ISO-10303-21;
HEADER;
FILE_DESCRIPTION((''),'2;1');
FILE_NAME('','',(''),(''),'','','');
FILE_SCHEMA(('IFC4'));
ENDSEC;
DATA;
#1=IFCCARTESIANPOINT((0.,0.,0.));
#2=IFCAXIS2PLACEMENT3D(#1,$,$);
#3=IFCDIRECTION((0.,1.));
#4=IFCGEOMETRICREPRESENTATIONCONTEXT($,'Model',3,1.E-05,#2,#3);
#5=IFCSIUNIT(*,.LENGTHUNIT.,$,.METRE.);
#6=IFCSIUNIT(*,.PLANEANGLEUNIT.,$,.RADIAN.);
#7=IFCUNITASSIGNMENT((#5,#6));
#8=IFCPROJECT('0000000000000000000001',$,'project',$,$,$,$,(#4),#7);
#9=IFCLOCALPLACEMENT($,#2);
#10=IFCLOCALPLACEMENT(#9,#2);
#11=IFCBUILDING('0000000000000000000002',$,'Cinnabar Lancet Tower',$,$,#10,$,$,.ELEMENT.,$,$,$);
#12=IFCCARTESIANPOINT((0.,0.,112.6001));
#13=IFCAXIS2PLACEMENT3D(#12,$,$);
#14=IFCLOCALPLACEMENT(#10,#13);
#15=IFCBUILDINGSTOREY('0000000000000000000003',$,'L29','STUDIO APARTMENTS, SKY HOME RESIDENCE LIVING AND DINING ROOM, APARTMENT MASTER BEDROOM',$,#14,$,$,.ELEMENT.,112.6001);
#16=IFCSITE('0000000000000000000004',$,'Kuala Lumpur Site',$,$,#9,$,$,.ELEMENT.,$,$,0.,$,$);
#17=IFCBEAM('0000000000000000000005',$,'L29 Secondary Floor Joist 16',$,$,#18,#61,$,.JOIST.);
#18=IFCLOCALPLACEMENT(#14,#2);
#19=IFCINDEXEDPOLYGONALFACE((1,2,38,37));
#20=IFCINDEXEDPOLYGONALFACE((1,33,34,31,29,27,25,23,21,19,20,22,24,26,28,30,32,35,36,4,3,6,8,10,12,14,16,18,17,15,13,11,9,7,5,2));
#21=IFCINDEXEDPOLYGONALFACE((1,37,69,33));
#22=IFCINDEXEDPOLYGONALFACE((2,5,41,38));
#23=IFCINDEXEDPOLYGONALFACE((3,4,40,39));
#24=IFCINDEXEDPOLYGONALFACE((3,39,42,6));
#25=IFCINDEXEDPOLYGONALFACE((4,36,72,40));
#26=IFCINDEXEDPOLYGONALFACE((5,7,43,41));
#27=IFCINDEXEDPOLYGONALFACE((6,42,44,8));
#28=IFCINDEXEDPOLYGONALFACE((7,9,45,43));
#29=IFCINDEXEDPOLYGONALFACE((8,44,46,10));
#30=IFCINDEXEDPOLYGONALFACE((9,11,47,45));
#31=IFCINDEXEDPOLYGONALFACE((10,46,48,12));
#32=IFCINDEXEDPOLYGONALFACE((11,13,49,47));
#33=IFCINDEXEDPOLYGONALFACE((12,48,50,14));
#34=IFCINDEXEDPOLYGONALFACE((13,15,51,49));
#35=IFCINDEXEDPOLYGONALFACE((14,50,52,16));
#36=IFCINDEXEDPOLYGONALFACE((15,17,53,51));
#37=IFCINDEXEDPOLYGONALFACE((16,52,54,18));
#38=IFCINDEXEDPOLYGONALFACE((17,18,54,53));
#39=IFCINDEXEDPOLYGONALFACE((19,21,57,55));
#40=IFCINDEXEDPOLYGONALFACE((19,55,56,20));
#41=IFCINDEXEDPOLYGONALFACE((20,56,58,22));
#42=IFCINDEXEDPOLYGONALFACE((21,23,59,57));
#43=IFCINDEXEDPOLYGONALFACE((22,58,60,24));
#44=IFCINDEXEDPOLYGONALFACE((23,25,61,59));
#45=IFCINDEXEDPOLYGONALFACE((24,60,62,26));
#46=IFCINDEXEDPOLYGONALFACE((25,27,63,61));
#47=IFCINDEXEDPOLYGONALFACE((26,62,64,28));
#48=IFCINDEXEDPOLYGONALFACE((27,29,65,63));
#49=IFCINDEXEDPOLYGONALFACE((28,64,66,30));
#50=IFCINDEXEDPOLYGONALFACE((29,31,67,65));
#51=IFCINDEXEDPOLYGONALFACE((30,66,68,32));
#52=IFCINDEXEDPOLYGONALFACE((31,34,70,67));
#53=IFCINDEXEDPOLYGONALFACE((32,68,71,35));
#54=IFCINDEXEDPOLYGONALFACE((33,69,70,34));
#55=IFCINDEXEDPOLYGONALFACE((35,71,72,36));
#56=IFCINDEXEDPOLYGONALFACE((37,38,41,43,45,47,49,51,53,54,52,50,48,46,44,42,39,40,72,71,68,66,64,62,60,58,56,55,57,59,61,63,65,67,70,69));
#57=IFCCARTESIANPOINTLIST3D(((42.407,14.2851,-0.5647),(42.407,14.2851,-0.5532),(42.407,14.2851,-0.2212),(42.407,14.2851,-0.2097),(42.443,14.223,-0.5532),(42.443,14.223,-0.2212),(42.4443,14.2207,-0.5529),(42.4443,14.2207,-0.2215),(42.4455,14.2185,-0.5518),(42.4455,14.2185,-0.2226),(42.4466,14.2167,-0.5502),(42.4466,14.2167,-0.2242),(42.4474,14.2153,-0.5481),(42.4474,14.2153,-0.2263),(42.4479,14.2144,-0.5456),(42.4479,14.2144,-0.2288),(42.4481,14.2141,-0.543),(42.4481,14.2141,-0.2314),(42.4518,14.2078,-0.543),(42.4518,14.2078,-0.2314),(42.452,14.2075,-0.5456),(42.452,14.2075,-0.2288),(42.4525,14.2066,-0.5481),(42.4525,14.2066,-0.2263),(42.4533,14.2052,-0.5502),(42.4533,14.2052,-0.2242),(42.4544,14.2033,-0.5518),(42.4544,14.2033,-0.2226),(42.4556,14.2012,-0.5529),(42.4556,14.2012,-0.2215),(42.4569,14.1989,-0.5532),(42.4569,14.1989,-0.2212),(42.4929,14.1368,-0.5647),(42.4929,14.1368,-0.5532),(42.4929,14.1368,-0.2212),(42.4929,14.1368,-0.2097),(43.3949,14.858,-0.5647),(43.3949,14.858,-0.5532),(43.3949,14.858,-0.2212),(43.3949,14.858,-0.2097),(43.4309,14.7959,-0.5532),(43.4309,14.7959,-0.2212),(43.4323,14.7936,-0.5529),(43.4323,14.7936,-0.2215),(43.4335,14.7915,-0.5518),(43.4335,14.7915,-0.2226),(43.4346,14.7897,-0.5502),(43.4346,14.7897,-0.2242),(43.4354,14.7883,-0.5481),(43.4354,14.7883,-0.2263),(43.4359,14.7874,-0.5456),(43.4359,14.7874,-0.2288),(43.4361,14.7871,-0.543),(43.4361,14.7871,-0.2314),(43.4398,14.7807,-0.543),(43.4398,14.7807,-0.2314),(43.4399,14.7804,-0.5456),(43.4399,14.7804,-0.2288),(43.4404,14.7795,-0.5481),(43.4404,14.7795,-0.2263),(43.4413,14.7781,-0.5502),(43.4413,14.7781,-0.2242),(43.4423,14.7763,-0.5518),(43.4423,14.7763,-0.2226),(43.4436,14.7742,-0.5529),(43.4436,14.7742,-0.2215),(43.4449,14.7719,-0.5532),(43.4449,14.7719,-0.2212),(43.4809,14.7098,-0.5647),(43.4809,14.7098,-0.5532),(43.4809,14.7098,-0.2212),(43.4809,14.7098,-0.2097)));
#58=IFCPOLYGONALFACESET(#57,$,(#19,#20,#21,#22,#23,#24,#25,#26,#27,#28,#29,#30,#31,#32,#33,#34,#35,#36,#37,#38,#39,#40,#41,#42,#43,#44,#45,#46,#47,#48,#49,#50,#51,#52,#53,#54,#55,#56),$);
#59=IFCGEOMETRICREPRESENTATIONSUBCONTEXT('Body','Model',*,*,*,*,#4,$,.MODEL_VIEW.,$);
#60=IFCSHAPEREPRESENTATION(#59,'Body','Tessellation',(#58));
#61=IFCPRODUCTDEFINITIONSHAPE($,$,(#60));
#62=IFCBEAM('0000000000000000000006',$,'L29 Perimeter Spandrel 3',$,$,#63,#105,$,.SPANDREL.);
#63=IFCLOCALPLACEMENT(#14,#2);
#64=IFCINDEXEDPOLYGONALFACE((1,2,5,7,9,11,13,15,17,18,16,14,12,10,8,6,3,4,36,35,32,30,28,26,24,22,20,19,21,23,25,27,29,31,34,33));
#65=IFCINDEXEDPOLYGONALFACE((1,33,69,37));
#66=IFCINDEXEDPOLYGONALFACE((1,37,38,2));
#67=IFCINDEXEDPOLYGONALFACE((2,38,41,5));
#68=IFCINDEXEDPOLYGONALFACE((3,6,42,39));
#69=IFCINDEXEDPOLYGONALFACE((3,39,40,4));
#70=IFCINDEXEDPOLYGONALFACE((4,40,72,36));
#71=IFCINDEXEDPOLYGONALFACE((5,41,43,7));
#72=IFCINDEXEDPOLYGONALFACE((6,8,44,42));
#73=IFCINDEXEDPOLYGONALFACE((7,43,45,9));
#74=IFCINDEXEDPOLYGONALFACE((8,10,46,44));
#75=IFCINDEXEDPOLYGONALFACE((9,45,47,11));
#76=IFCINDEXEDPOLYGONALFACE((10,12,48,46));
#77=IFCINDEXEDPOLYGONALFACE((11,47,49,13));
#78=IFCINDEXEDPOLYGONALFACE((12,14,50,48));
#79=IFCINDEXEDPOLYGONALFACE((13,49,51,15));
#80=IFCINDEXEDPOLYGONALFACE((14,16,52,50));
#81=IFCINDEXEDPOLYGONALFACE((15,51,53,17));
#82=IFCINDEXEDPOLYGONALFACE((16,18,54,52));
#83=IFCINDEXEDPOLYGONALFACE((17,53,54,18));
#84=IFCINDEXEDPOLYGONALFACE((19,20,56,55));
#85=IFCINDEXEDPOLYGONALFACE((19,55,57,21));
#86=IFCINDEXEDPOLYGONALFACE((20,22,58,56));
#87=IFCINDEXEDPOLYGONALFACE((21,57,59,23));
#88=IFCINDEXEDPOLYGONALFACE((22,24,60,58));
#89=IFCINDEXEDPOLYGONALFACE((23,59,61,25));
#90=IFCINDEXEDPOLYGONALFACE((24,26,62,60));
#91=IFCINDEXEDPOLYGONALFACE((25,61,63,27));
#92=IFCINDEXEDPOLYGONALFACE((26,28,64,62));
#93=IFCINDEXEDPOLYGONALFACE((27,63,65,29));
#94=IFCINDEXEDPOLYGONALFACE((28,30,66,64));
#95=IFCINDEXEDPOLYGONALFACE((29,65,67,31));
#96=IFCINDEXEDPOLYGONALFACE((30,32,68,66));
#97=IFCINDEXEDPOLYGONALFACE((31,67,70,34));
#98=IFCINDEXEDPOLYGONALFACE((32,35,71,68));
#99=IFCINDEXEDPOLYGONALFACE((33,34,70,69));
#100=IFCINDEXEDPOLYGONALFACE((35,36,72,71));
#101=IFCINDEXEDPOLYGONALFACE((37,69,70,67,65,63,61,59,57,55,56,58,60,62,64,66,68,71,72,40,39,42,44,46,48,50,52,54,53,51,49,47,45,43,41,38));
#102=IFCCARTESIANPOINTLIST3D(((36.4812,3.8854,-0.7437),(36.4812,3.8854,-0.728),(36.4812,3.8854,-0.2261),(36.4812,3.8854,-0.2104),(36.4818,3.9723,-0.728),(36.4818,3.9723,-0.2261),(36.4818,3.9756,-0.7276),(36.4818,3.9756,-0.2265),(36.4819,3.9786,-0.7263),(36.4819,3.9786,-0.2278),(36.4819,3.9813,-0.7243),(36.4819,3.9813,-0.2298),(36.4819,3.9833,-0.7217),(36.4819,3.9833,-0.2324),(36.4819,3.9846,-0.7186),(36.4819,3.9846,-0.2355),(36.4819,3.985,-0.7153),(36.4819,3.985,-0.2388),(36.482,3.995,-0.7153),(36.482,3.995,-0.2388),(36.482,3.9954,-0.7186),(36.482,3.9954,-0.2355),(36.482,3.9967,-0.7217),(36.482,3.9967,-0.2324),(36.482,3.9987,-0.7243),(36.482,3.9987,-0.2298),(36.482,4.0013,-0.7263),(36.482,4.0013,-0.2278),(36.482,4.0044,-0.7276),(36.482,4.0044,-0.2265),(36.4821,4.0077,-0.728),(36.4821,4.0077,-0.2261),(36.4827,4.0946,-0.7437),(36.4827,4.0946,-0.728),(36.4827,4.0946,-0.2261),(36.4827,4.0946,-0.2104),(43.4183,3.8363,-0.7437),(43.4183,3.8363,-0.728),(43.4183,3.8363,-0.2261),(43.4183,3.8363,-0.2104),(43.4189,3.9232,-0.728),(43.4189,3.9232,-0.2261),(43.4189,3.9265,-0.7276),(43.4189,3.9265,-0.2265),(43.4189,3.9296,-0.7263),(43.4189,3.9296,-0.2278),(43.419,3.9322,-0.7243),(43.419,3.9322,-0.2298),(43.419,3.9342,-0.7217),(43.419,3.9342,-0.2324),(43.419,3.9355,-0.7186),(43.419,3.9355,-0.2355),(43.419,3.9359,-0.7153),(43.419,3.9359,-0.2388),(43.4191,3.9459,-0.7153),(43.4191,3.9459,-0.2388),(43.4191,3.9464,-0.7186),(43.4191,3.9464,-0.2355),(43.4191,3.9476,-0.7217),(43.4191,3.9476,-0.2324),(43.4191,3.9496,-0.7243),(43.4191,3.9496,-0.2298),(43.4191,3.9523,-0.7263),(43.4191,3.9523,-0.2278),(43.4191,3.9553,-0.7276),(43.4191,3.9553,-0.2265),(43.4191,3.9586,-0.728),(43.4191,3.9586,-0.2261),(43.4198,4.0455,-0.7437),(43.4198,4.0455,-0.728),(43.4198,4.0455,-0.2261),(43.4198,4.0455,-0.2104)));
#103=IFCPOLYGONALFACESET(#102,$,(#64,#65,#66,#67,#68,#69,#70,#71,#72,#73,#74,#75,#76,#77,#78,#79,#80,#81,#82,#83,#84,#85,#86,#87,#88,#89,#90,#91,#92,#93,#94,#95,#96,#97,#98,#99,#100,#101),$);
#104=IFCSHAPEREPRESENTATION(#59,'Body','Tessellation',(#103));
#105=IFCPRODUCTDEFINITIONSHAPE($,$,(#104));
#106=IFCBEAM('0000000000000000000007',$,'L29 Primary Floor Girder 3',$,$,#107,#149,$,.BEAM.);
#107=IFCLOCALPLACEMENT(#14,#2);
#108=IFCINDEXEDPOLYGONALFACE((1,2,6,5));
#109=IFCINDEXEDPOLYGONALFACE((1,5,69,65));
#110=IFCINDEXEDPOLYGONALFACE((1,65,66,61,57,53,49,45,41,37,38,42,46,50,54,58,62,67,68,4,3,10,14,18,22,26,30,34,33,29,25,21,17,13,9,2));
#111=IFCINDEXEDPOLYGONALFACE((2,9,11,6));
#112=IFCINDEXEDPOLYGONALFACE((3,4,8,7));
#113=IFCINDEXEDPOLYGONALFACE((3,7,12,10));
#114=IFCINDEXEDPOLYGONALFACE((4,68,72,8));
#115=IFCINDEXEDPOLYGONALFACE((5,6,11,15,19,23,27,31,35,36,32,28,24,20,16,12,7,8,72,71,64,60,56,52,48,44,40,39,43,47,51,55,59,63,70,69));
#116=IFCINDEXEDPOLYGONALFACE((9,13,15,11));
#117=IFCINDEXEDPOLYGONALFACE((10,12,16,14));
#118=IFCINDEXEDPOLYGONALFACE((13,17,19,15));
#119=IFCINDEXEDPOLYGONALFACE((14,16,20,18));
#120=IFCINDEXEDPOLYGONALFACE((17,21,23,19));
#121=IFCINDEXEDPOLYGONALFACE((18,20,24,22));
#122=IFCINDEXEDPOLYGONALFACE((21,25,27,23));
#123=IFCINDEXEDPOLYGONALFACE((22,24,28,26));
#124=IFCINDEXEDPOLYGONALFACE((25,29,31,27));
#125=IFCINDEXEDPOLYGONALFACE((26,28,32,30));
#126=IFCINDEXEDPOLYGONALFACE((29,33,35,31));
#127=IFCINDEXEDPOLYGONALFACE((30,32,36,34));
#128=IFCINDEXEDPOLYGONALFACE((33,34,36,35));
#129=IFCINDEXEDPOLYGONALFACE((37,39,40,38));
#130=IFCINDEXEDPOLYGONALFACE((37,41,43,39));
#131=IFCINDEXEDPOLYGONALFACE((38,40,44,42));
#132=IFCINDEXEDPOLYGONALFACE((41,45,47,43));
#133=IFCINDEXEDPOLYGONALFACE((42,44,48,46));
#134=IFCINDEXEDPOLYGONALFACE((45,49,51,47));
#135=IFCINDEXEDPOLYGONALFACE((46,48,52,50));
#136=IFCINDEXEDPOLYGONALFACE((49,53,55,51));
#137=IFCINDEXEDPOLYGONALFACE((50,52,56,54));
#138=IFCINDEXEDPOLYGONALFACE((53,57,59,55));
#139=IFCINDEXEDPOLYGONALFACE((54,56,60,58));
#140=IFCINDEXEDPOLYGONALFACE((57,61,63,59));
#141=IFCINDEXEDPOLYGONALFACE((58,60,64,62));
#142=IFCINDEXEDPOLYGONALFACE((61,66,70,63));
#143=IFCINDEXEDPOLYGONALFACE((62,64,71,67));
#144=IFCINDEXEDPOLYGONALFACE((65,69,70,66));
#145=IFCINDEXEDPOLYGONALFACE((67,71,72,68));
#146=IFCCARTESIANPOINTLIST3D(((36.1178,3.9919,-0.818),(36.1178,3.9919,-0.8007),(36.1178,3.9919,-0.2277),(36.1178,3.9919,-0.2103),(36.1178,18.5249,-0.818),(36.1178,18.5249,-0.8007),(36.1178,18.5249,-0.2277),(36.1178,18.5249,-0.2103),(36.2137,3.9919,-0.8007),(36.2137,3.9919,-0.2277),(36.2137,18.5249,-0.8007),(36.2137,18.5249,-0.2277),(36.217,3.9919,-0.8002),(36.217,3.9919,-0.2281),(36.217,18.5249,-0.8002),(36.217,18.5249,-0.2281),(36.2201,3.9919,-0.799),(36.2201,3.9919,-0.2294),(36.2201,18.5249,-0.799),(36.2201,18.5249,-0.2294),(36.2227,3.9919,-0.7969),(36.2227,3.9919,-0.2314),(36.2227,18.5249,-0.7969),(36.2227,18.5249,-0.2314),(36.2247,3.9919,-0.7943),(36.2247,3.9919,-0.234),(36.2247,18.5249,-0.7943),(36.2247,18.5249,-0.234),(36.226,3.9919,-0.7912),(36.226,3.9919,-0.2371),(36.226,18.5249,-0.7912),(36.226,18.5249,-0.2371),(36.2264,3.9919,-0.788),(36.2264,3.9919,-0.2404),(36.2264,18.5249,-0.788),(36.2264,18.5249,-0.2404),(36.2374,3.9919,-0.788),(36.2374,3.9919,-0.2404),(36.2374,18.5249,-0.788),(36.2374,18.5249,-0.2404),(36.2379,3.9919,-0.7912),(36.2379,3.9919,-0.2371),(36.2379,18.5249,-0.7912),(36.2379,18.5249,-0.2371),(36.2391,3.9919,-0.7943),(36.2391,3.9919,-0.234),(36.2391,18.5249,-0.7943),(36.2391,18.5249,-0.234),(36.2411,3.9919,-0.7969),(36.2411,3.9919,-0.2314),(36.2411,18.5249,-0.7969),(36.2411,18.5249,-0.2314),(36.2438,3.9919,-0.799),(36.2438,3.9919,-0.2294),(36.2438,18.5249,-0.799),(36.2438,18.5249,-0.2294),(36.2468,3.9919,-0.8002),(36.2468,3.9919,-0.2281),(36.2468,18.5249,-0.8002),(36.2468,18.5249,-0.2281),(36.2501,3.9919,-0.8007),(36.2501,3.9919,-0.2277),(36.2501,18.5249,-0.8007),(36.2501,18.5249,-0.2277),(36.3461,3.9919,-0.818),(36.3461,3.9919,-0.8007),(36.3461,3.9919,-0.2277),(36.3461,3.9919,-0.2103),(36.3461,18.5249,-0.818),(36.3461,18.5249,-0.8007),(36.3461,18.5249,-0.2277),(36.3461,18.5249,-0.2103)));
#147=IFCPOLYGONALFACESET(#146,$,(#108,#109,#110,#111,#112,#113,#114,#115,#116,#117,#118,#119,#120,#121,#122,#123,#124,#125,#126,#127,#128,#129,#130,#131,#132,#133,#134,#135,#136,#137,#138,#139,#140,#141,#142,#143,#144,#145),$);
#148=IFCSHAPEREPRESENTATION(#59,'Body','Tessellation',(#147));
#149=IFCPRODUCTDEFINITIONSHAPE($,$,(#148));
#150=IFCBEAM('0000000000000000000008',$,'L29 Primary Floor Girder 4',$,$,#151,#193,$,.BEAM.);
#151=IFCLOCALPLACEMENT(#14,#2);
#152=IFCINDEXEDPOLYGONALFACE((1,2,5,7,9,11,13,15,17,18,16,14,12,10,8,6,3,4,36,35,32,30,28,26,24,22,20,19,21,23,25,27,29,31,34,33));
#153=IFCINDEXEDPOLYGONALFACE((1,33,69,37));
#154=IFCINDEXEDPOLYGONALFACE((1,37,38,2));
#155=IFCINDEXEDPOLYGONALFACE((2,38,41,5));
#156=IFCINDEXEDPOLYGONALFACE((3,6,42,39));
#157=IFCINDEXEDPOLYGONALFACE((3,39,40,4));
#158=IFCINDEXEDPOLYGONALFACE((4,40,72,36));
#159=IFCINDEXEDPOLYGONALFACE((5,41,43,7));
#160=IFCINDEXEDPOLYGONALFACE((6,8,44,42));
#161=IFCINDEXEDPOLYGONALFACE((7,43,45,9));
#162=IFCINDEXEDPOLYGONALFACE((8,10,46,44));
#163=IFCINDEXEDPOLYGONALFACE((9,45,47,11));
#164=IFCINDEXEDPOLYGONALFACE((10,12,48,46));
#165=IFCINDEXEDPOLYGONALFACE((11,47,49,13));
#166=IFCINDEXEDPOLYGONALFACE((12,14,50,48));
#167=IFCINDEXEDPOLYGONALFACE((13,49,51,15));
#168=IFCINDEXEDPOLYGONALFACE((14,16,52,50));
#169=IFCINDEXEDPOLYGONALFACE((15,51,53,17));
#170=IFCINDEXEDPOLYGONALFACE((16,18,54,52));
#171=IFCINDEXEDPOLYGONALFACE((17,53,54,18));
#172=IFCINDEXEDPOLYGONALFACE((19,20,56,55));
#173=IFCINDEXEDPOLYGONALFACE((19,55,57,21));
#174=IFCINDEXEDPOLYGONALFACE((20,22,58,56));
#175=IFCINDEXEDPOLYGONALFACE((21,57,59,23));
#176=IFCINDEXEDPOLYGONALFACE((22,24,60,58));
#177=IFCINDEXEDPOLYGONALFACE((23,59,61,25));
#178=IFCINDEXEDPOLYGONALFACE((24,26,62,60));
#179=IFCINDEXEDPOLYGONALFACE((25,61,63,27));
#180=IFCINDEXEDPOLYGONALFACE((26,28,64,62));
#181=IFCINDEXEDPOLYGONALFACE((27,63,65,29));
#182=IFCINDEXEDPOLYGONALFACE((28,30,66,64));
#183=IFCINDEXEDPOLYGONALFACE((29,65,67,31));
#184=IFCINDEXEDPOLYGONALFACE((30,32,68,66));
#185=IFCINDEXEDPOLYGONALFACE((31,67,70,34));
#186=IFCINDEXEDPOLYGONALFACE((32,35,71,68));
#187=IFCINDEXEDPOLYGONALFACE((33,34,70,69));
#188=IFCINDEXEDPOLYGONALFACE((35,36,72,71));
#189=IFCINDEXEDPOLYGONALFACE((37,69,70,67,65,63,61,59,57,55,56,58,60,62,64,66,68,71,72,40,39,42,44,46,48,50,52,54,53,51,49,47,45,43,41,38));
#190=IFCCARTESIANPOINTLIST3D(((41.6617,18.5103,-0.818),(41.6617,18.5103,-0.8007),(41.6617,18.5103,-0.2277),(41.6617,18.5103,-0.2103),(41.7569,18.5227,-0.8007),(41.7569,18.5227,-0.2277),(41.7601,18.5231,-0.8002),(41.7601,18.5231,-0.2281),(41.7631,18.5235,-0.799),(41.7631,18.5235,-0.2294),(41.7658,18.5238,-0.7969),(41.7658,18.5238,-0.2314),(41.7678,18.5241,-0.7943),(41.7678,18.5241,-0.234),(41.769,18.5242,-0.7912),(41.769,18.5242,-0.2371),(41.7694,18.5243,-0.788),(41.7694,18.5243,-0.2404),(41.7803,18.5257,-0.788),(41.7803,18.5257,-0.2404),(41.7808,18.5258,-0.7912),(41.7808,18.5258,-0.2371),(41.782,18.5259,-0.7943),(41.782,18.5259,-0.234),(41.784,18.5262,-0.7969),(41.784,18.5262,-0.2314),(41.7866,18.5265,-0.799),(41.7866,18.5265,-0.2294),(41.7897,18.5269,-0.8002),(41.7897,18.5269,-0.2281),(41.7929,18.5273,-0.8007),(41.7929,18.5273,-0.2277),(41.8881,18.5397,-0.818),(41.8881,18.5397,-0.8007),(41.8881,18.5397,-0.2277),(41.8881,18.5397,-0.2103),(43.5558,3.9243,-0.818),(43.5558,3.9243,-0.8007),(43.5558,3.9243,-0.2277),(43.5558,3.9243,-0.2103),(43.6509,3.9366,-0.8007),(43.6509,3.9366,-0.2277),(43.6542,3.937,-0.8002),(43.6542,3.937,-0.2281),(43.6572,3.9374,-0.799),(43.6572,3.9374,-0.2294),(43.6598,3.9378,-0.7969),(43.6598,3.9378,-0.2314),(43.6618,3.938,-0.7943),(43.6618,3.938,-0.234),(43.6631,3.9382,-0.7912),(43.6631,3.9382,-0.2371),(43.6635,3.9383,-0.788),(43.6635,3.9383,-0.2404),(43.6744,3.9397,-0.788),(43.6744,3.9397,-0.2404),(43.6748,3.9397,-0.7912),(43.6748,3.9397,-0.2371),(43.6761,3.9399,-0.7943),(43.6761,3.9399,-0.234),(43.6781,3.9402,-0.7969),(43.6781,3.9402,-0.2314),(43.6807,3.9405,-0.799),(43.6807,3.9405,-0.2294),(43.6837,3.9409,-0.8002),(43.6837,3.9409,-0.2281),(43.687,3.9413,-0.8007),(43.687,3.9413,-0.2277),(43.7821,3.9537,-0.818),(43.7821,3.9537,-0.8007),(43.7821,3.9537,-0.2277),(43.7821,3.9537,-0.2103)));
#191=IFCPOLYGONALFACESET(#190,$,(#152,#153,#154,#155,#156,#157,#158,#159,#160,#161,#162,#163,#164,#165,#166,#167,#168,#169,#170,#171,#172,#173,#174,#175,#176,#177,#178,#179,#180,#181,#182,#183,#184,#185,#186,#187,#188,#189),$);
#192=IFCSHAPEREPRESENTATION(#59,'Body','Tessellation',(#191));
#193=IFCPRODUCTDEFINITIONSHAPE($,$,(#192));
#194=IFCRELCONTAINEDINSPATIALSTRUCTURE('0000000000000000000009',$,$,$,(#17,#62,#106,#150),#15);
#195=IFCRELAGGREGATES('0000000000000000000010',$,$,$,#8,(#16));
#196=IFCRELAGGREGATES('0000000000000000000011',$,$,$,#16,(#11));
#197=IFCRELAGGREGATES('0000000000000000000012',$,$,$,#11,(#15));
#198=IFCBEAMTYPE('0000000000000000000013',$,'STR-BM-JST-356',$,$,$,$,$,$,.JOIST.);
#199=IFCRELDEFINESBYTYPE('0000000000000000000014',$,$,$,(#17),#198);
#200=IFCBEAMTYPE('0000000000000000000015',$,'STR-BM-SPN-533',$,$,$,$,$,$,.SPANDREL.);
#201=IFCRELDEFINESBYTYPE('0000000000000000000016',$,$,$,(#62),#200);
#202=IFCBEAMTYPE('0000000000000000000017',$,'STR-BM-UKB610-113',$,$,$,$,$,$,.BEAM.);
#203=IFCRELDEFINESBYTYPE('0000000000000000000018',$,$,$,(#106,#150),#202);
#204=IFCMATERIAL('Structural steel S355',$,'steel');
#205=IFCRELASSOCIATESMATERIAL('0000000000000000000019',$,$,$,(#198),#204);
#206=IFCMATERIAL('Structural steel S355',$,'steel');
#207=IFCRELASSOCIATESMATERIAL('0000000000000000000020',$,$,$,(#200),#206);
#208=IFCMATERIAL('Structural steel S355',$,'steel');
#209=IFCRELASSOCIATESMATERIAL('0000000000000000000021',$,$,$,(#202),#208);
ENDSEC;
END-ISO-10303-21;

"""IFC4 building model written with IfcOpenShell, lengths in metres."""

from ifc_helpers import new_model, si_unit, direction, frame, origin, origin_2d, place, context, subcontext, project, spatial, i_section, extrude, material, material_profile, profile_set, type_object, element, save


model = new_model("IFC4")

# Units and contexts
model_context = context("Model", 3, precision=1e-05, world=origin(), true_north=direction((0.0, 1.0)))
body_context = subcontext(model_context, "Body", "Model", "MODEL_VIEW")
ifc_project = project(units=[si_unit("LENGTHUNIT", "METRE"), si_unit("PLANEANGLEUNIT", "RADIAN")], contexts=[model_context])

# Site, building, storey
site_placement = place(None, origin())
site = spatial("IfcSite", under=ifc_project, at=site_placement, Name="Kuala Lumpur Site", CompositionType="ELEMENT", RefElevation=0.0)
building_placement = place(site_placement, origin())
building = spatial("IfcBuilding", under=site, at=building_placement, Name="Cinnabar Lancet Tower", CompositionType="ELEMENT")
storey_placement = place(building_placement, frame((0.0, 0.0, 112.6001)))
storey = spatial("IfcBuildingStorey", under=building, at=storey_placement, Name="L29", Description="STUDIO APARTMENTS, SKY HOME RESIDENCE LIVING AND DINING ROOM, APARTMENT MASTER BEDROOM", CompositionType="ELEMENT", Elevation=112.6001)

# Beams
ifc_material_1 = material(Name="Structural steel S355", Category="steel")
ifc_material_profile_1 = material_profile(ifc_material_1, i_section(OverallWidth=0.1714, OverallDepth=0.355, WebThickness=0.0073, FlangeThickness=0.0115, FilletRadius=0.0103, at=origin_2d()), Name="UKB 356x171x51")
ifc_profile_set_1 = profile_set([ifc_material_profile_1], Name="Structural steel S355")
beam_type_1 = type_object("IfcBeamType", Name="STR-BM-JST-356", PredefinedType="JOIST", material=ifc_profile_set_1)
beam_1_placement = place(storey_placement, frame((42.45, 14.2109, -0.3872), z_axis=(0.865055, 0.501677, 0.0), x_axis=(-0.501677, 0.865055, 0.0)))
element("IfcBeam", 1, at=beam_1_placement, inside=storey, type_object=beam_type_1, Name="L29 Secondary Floor Joist 16", PredefinedType="JOIST", context=body_context, shape_type="SweptSolid", body=[
    extrude(i_section(OverallWidth=0.1714, OverallDepth=0.355, WebThickness=0.0073, FlangeThickness=0.0115, FilletRadius=0.0103, at=origin_2d()), origin(), (0.0, 0.0, 1.0), 1.1421),
])
ifc_material_2 = material(Name="Structural steel S355", Category="steel")
ifc_material_profile_2 = material_profile(ifc_material_2, i_section(OverallWidth=0.2092, OverallDepth=0.5332, WebThickness=0.01, FlangeThickness=0.0156, FilletRadius=0.0127, at=origin_2d()), Name="UKB 533x210x92")
ifc_profile_set_2 = profile_set([ifc_material_profile_2], Name="Structural steel S355")
beam_type_2 = type_object("IfcBeamType", Name="STR-BM-SPN-533", PredefinedType="SPANDREL", material=ifc_profile_set_2)
beam_2_placement = place(storey_placement, frame((36.4819, 3.99, -0.4771), z_axis=(0.999975, -0.007074, 0.0), x_axis=(0.007074, 0.999975, 0.0)))
element("IfcBeam", 2, at=beam_2_placement, inside=storey, type_object=beam_type_2, Name="L29 Perimeter Spandrel 3", PredefinedType="SPANDREL", context=body_context, shape_type="SweptSolid", body=[
    extrude(i_section(OverallWidth=0.2092, OverallDepth=0.5332, WebThickness=0.01, FlangeThickness=0.0156, FilletRadius=0.0127, at=origin_2d()), origin(), (0.0, 0.0, 1.0), 6.9373),
])
ifc_material_3 = material(Name="Structural steel S355", Category="steel")
ifc_material_profile_3 = material_profile(ifc_material_3, i_section(OverallWidth=0.2283, OverallDepth=0.6077, WebThickness=0.011, FlangeThickness=0.0173, FilletRadius=0.0127, at=origin_2d()), Name="UKB 610x229x113")
ifc_profile_set_3 = profile_set([ifc_material_profile_3], Name="Structural steel S355")
beam_type_3 = type_object("IfcBeamType", Name="STR-BM-UKB610-113", PredefinedType="BEAM", material=ifc_profile_set_3)
beam_3_placement = place(storey_placement, frame((36.2319, 3.9919, -0.5142), z_axis=(0.0, 1.0, 0.0), x_axis=(-1.0, 0.0, 0.0)))
element("IfcBeam", 3, at=beam_3_placement, inside=storey, type_object=beam_type_3, Name="L29 Primary Floor Girder 3", PredefinedType="BEAM", context=body_context, shape_type="SweptSolid", body=[
    extrude(i_section(OverallWidth=0.2283, OverallDepth=0.6077, WebThickness=0.011, FlangeThickness=0.0173, FilletRadius=0.0127, at=origin_2d()), origin(), (0.0, 0.0, 1.0), 14.533),
])
beam_4_placement = place(storey_placement, frame((43.6689, 3.939, -0.5142), z_axis=(-0.128773, 0.991674, 0.0), x_axis=(-0.991674, -0.128773, 0.0)))
element("IfcBeam", 4, at=beam_4_placement, inside=storey, type_object=beam_type_3, Name="L29 Primary Floor Girder 4", PredefinedType="BEAM", context=body_context, shape_type="SweptSolid", body=[
    extrude(i_section(OverallWidth=0.2283, OverallDepth=0.6077, WebThickness=0.011, FlangeThickness=0.0173, FilletRadius=0.0127, at=origin_2d()), origin(), (0.0, 0.0, 1.0), 14.7085),
])

save(model, "model.ifc")
